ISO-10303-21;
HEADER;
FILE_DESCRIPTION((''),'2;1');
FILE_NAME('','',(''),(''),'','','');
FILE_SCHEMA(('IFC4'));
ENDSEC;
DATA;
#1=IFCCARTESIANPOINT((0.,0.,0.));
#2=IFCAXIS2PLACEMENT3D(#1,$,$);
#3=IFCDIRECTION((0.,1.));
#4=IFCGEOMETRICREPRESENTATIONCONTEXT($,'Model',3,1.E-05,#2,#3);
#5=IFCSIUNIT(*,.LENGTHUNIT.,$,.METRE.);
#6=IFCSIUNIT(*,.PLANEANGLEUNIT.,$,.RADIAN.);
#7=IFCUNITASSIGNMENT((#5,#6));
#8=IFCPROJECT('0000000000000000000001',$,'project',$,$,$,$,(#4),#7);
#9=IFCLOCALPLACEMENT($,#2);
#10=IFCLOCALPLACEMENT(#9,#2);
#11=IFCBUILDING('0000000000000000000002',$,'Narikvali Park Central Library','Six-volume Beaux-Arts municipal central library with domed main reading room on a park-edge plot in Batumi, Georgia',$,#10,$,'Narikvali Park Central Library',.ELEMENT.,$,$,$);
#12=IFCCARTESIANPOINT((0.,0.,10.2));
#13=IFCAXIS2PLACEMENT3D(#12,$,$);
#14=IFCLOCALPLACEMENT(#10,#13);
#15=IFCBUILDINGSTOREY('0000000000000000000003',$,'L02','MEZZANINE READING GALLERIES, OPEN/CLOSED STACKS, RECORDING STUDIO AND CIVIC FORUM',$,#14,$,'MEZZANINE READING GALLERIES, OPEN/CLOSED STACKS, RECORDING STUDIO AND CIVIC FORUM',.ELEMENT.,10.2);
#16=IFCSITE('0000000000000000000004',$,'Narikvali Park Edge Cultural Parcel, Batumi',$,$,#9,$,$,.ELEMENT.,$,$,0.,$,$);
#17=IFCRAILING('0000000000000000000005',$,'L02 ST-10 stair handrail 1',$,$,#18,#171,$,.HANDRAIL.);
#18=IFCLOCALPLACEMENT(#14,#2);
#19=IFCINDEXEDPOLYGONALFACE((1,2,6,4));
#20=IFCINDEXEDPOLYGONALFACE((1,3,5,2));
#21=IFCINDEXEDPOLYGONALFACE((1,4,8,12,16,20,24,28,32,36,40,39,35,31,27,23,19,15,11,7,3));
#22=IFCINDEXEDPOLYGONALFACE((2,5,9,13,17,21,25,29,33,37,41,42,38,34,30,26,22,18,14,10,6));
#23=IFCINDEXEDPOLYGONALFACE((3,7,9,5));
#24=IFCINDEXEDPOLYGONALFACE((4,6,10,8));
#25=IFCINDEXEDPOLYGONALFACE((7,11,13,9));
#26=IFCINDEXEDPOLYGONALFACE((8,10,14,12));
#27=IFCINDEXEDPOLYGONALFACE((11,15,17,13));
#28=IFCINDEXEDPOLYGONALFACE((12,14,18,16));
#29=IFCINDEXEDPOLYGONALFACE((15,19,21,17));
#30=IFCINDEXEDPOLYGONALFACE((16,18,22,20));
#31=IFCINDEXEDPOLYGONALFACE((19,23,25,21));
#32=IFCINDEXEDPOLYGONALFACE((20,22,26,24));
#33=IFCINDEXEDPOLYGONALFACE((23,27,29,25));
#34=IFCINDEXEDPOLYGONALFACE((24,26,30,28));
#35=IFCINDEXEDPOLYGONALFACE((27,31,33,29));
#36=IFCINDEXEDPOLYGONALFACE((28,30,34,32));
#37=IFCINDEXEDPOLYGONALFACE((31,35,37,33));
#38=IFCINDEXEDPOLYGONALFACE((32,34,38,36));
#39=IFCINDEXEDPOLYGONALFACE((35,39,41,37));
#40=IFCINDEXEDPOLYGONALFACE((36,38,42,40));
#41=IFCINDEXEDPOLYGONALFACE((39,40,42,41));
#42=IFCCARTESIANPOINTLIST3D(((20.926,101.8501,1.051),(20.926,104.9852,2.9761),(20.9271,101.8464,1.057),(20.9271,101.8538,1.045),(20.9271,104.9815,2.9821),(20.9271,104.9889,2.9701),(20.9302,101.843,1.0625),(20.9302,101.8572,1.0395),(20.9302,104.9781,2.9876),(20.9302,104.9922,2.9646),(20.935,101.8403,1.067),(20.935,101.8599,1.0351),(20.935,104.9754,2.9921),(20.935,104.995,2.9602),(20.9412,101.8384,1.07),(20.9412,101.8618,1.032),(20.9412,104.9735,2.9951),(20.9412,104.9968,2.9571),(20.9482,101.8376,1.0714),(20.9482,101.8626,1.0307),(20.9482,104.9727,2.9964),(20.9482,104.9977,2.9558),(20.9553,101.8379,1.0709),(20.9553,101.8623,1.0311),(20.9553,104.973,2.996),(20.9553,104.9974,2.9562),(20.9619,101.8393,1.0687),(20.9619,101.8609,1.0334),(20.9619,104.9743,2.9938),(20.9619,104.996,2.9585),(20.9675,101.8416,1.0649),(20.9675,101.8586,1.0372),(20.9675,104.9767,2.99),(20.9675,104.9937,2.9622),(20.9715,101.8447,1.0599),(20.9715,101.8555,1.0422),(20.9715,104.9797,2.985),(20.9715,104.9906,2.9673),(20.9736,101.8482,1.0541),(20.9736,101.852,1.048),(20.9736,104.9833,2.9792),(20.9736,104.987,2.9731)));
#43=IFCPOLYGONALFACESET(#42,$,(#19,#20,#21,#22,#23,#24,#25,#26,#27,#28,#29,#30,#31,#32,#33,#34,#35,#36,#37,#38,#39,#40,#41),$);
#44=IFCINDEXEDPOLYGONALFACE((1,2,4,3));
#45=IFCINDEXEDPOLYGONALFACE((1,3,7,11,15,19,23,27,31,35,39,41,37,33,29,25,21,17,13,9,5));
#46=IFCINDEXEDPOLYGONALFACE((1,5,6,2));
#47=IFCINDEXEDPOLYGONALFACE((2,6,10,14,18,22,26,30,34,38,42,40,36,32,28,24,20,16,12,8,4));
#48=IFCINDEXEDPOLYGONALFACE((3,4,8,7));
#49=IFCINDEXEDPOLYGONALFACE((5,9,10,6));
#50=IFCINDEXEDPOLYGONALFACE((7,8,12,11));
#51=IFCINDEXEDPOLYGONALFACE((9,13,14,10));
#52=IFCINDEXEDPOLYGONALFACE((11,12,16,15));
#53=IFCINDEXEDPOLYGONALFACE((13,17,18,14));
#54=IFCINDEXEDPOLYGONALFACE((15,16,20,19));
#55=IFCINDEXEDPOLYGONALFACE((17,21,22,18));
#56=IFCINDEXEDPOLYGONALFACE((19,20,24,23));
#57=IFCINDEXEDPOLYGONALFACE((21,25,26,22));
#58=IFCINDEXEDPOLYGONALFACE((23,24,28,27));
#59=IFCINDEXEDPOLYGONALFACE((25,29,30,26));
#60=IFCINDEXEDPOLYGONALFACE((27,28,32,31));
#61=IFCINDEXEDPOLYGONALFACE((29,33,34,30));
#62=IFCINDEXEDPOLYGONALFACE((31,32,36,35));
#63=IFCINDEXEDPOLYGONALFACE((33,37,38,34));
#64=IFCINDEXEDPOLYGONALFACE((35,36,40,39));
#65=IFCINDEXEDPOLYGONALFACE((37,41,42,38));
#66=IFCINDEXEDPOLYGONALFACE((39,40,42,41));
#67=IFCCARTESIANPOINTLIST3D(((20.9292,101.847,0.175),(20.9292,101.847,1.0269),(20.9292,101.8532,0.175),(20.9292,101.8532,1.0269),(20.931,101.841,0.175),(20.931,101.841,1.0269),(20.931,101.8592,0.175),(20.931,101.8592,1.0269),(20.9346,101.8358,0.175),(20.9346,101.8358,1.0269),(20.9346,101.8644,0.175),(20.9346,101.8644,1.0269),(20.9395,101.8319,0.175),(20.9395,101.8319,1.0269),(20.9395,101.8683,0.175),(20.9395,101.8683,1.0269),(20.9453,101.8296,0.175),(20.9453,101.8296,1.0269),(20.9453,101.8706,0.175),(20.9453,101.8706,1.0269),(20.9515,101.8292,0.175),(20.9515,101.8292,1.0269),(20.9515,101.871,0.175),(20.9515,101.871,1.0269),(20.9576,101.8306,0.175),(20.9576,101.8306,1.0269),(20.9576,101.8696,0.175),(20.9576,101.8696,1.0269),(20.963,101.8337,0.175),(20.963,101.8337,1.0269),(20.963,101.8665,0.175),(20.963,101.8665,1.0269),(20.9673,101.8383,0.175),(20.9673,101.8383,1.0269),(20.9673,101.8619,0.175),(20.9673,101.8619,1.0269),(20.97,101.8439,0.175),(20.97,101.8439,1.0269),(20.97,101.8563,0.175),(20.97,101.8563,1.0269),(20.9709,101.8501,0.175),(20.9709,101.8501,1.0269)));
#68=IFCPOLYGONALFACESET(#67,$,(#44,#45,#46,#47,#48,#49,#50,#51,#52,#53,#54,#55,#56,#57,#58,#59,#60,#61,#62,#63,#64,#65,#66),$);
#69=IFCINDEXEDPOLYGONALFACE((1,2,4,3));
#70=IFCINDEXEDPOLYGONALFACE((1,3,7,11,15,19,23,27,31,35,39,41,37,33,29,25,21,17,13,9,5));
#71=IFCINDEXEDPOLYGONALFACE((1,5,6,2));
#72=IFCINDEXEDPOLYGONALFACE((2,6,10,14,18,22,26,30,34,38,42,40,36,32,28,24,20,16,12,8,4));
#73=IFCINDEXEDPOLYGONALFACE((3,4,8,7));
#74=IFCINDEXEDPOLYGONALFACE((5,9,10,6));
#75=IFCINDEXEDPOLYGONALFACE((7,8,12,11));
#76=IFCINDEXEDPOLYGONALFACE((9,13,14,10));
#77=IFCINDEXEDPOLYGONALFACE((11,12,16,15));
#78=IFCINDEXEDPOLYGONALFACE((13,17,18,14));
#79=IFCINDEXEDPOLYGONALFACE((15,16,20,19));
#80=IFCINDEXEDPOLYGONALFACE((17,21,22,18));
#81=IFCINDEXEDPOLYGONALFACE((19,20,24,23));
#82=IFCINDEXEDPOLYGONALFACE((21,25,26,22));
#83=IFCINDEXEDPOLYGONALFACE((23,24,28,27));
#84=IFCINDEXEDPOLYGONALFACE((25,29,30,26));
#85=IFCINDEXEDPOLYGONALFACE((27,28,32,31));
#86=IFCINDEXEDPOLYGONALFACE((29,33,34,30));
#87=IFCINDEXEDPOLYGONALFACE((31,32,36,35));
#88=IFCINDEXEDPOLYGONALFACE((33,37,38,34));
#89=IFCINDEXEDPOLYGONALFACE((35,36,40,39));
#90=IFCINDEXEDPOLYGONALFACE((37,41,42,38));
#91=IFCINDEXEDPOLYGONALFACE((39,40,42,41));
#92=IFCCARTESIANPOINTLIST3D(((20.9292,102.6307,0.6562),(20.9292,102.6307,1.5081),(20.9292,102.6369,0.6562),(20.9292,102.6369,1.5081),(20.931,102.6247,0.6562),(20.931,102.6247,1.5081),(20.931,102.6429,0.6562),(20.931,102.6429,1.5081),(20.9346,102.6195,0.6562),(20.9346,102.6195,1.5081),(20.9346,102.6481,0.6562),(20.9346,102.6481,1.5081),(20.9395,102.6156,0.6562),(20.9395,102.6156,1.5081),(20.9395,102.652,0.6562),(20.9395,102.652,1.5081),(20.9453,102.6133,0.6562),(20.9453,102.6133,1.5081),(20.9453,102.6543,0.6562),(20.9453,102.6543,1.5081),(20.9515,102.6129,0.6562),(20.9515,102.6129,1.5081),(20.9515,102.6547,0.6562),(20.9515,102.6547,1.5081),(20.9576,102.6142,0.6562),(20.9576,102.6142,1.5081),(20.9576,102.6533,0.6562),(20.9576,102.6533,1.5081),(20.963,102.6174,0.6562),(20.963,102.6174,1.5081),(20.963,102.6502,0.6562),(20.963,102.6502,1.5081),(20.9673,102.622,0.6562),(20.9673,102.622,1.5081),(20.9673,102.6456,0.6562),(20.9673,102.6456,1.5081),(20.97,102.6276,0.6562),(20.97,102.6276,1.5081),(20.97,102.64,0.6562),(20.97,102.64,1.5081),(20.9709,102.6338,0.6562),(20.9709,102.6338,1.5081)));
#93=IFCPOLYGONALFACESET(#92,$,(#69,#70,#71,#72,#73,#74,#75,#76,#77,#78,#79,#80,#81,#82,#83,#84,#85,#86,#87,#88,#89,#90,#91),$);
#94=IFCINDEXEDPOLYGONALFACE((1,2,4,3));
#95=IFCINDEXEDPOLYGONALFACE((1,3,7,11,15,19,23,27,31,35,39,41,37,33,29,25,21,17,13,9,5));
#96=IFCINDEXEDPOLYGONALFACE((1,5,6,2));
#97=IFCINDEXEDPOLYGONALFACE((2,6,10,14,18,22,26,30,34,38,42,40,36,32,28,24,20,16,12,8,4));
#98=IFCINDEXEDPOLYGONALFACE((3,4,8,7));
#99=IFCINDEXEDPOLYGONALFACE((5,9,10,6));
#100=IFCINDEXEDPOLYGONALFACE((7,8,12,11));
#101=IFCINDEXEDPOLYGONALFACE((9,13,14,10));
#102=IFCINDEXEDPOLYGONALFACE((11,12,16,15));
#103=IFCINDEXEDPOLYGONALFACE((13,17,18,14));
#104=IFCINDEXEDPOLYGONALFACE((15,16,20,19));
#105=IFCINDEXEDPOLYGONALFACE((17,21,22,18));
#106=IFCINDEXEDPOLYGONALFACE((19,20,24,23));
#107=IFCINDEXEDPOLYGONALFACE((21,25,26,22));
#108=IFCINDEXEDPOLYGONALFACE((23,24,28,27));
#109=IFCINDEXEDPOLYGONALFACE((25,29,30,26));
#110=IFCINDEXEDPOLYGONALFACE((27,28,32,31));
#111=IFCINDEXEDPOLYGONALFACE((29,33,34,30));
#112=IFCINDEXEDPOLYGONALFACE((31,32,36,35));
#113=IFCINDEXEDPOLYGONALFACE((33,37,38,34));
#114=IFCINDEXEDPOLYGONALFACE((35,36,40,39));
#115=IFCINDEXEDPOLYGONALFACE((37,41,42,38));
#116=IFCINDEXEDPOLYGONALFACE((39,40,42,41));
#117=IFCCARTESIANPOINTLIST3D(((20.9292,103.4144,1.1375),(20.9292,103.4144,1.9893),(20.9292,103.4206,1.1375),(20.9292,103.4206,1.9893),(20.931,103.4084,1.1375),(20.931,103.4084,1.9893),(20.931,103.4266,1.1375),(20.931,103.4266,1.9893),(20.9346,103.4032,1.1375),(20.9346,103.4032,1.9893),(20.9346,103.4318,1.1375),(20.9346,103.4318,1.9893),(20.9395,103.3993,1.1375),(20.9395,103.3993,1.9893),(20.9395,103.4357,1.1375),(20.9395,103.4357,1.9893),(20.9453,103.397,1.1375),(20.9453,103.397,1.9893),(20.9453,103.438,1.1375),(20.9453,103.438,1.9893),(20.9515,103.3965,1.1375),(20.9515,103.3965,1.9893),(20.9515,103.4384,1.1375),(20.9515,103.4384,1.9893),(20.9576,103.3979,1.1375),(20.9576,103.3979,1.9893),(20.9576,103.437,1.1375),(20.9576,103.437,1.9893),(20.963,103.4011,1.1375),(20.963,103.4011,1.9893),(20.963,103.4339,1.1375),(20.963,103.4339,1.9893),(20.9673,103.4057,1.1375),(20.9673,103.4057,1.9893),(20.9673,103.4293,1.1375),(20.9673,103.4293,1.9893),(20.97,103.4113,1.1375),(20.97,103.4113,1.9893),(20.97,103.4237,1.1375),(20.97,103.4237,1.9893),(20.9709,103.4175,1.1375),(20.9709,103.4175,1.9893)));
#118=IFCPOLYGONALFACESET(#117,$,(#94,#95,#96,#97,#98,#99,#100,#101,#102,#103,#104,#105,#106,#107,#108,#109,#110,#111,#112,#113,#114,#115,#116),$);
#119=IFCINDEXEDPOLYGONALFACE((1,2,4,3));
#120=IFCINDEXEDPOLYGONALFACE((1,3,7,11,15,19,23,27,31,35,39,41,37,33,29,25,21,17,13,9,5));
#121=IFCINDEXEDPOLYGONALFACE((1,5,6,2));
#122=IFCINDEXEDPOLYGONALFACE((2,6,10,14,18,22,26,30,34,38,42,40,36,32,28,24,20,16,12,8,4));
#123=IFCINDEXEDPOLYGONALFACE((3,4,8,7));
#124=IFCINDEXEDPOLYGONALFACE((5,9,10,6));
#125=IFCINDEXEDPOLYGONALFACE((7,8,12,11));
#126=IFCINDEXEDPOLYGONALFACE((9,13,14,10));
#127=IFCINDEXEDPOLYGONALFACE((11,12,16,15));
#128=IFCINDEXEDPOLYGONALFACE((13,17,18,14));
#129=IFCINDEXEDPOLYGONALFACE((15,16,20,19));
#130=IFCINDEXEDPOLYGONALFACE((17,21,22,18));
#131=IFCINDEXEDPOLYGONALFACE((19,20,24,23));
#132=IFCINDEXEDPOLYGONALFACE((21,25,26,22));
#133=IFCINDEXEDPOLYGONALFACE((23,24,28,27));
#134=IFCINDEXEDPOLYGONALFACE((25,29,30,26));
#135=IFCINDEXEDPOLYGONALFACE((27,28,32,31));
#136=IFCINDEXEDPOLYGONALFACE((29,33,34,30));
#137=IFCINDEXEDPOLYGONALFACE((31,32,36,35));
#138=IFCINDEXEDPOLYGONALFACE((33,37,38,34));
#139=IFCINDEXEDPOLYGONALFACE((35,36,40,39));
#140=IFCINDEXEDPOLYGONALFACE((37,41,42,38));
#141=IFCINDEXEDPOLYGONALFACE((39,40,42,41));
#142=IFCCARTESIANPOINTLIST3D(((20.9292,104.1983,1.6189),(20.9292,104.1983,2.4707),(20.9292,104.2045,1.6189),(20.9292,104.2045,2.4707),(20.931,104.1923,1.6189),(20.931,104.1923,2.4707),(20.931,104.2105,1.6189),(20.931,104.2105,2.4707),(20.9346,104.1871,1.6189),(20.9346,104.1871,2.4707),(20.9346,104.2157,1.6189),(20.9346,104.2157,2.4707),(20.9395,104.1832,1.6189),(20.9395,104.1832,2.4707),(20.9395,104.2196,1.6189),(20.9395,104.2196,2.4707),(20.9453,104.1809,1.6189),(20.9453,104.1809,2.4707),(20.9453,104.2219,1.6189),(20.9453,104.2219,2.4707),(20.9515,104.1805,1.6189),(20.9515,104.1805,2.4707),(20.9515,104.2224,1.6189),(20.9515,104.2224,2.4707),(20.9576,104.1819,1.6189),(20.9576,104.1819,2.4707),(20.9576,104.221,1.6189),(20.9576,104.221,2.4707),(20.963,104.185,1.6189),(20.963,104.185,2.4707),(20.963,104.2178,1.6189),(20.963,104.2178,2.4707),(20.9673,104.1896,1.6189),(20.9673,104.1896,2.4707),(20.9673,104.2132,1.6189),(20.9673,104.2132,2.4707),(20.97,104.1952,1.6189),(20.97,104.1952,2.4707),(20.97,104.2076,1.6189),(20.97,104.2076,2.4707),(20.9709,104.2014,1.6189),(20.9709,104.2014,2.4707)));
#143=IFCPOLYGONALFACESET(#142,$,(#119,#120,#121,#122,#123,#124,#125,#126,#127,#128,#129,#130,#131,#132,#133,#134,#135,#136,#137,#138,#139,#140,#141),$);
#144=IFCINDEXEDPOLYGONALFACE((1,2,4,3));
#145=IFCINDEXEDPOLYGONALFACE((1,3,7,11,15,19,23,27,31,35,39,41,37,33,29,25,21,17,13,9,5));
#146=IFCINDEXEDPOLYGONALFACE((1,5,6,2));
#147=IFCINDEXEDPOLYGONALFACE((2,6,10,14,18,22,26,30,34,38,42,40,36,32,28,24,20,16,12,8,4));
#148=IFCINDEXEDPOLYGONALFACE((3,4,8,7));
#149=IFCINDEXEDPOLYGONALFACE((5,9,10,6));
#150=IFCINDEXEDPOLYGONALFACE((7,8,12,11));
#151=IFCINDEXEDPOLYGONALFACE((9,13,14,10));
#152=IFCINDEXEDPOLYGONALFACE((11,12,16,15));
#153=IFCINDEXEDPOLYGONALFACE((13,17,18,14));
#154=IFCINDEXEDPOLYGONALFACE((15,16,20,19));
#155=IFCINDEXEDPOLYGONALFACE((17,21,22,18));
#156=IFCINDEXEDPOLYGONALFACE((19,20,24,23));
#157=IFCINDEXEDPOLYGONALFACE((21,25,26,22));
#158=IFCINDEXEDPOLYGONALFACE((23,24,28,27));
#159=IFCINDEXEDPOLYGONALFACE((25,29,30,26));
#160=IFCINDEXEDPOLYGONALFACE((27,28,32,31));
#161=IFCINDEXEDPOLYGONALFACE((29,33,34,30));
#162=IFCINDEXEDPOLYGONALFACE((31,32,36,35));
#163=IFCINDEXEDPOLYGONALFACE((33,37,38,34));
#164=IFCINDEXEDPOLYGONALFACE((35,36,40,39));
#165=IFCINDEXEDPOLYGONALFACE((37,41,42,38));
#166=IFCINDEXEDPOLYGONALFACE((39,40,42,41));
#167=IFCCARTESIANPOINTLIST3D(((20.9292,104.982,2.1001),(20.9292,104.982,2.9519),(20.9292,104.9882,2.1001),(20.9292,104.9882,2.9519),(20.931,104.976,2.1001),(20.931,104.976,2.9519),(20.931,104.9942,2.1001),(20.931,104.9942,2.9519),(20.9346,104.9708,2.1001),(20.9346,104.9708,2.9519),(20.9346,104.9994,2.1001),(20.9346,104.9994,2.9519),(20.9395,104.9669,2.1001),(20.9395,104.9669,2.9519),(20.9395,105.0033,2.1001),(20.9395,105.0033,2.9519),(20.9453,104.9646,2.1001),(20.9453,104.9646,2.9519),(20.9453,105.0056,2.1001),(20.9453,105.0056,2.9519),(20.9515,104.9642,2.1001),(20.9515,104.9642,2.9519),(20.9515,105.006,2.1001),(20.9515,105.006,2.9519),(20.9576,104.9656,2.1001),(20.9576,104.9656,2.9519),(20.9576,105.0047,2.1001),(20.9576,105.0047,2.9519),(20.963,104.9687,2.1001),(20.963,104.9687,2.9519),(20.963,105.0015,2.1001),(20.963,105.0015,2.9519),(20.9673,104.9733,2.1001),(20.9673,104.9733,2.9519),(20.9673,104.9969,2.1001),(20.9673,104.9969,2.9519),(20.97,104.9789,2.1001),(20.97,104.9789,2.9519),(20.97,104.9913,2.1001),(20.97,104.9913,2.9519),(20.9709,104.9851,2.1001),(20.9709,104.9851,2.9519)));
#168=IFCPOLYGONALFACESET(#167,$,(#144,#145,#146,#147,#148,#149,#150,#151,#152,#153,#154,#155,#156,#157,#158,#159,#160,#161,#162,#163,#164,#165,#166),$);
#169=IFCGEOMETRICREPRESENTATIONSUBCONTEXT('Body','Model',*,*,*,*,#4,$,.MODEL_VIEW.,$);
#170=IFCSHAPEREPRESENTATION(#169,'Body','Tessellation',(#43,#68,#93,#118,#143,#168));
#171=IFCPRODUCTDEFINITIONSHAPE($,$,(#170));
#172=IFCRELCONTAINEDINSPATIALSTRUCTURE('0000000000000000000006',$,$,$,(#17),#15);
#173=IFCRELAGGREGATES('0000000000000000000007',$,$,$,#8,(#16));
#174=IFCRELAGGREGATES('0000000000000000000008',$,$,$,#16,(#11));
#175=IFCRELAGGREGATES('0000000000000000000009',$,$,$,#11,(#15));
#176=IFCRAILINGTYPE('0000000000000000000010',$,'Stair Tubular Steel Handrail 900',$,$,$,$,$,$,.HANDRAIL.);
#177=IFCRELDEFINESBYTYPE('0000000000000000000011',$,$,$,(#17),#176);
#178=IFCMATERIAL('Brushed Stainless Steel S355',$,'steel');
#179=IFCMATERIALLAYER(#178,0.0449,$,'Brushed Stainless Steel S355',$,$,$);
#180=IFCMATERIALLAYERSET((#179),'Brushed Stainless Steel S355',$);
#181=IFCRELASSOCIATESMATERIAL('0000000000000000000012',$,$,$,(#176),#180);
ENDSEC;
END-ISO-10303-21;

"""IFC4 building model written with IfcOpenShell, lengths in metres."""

from ifc_helpers import new_model, si_unit, direction, frame, origin, origin_2d, place, context, subcontext, project, spatial, circle, extrude, material, layer, layer_set, type_object, element, save


model = new_model("IFC4")

# Units and contexts
model_context = context("Model", 3, precision=1e-05, world=origin(), true_north=direction((0.0, 1.0)))
body_context = subcontext(model_context, "Body", "Model", "MODEL_VIEW")
ifc_project = project(units=[si_unit("LENGTHUNIT", "METRE"), si_unit("PLANEANGLEUNIT", "RADIAN")], contexts=[model_context])

# Site, building, storey
site_placement = place(None, origin())
site = spatial("IfcSite", under=ifc_project, at=site_placement, Name="Narikvali Park Edge Cultural Parcel, Batumi", CompositionType="ELEMENT", RefElevation=0.0)
building_placement = place(site_placement, origin())
building = spatial("IfcBuilding", under=site, at=building_placement, Name="Narikvali Park Central Library", Description="Six-volume Beaux-Arts municipal central library with domed main reading room on a park-edge plot in Batumi, Georgia", LongName="Narikvali Park Central Library", CompositionType="ELEMENT")
storey_placement = place(building_placement, frame((0.0, 0.0, 10.2)))
storey = spatial("IfcBuildingStorey", under=building, at=storey_placement, Name="L02", Description="MEZZANINE READING GALLERIES, OPEN/CLOSED STACKS, RECORDING STUDIO AND CIVIC FORUM", LongName="MEZZANINE READING GALLERIES, OPEN/CLOSED STACKS, RECORDING STUDIO AND CIVIC FORUM", CompositionType="ELEMENT", Elevation=10.2)

# Railing
ifc_material_1 = material(Name="Brushed Stainless Steel S355", Category="steel")
ifc_layer_1 = layer(ifc_material_1, 0.0449, Name="Brushed Stainless Steel S355")
ifc_layer_set_1 = layer_set([ifc_layer_1], Name="Brushed Stainless Steel S355")
railing_type_1 = type_object("IfcRailingType", Name="Stair Tubular Steel Handrail 900", PredefinedType="HANDRAIL", material=ifc_layer_set_1)
railing_1_placement = place(storey_placement, frame((20.95, 101.8501, 0.175)))
element("IfcRailing", 1, at=railing_1_placement, inside=storey, type_object=railing_type_1, Name="L02 ST-10 stair handrail 1", PredefinedType="HANDRAIL", context=body_context, shape_type="SweptSolid", body=[
    extrude(circle(Radius=0.0239, at=origin_2d()), frame((0.0, 0.0, 0.876), z_axis=(0.0, 0.852166, 0.523271), x_axis=(-1.0, 0.0, 0.0)), (0.0, 0.0, 1.0), 3.679),
    extrude(circle(Radius=0.021, at=origin_2d()), origin(), (0.0, 0.0, 1.0), 0.8518),
    extrude(circle(Radius=0.021, at=origin_2d()), frame((0.0, 0.7837, 0.4812)), (0.0, 0.0, 1.0), 0.8518),
    extrude(circle(Radius=0.021, at=origin_2d()), frame((0.0, 1.5674, 0.9624)), (0.0, 0.0, 1.0), 0.8518),
    extrude(circle(Radius=0.021, at=origin_2d()), frame((0.0, 2.3513, 1.4438)), (0.0, 0.0, 1.0), 0.8518),
    extrude(circle(Radius=0.021, at=origin_2d()), frame((0.0, 3.135, 1.925)), (0.0, 0.0, 1.0), 0.8518),
])

save(model, "model.ifc")
